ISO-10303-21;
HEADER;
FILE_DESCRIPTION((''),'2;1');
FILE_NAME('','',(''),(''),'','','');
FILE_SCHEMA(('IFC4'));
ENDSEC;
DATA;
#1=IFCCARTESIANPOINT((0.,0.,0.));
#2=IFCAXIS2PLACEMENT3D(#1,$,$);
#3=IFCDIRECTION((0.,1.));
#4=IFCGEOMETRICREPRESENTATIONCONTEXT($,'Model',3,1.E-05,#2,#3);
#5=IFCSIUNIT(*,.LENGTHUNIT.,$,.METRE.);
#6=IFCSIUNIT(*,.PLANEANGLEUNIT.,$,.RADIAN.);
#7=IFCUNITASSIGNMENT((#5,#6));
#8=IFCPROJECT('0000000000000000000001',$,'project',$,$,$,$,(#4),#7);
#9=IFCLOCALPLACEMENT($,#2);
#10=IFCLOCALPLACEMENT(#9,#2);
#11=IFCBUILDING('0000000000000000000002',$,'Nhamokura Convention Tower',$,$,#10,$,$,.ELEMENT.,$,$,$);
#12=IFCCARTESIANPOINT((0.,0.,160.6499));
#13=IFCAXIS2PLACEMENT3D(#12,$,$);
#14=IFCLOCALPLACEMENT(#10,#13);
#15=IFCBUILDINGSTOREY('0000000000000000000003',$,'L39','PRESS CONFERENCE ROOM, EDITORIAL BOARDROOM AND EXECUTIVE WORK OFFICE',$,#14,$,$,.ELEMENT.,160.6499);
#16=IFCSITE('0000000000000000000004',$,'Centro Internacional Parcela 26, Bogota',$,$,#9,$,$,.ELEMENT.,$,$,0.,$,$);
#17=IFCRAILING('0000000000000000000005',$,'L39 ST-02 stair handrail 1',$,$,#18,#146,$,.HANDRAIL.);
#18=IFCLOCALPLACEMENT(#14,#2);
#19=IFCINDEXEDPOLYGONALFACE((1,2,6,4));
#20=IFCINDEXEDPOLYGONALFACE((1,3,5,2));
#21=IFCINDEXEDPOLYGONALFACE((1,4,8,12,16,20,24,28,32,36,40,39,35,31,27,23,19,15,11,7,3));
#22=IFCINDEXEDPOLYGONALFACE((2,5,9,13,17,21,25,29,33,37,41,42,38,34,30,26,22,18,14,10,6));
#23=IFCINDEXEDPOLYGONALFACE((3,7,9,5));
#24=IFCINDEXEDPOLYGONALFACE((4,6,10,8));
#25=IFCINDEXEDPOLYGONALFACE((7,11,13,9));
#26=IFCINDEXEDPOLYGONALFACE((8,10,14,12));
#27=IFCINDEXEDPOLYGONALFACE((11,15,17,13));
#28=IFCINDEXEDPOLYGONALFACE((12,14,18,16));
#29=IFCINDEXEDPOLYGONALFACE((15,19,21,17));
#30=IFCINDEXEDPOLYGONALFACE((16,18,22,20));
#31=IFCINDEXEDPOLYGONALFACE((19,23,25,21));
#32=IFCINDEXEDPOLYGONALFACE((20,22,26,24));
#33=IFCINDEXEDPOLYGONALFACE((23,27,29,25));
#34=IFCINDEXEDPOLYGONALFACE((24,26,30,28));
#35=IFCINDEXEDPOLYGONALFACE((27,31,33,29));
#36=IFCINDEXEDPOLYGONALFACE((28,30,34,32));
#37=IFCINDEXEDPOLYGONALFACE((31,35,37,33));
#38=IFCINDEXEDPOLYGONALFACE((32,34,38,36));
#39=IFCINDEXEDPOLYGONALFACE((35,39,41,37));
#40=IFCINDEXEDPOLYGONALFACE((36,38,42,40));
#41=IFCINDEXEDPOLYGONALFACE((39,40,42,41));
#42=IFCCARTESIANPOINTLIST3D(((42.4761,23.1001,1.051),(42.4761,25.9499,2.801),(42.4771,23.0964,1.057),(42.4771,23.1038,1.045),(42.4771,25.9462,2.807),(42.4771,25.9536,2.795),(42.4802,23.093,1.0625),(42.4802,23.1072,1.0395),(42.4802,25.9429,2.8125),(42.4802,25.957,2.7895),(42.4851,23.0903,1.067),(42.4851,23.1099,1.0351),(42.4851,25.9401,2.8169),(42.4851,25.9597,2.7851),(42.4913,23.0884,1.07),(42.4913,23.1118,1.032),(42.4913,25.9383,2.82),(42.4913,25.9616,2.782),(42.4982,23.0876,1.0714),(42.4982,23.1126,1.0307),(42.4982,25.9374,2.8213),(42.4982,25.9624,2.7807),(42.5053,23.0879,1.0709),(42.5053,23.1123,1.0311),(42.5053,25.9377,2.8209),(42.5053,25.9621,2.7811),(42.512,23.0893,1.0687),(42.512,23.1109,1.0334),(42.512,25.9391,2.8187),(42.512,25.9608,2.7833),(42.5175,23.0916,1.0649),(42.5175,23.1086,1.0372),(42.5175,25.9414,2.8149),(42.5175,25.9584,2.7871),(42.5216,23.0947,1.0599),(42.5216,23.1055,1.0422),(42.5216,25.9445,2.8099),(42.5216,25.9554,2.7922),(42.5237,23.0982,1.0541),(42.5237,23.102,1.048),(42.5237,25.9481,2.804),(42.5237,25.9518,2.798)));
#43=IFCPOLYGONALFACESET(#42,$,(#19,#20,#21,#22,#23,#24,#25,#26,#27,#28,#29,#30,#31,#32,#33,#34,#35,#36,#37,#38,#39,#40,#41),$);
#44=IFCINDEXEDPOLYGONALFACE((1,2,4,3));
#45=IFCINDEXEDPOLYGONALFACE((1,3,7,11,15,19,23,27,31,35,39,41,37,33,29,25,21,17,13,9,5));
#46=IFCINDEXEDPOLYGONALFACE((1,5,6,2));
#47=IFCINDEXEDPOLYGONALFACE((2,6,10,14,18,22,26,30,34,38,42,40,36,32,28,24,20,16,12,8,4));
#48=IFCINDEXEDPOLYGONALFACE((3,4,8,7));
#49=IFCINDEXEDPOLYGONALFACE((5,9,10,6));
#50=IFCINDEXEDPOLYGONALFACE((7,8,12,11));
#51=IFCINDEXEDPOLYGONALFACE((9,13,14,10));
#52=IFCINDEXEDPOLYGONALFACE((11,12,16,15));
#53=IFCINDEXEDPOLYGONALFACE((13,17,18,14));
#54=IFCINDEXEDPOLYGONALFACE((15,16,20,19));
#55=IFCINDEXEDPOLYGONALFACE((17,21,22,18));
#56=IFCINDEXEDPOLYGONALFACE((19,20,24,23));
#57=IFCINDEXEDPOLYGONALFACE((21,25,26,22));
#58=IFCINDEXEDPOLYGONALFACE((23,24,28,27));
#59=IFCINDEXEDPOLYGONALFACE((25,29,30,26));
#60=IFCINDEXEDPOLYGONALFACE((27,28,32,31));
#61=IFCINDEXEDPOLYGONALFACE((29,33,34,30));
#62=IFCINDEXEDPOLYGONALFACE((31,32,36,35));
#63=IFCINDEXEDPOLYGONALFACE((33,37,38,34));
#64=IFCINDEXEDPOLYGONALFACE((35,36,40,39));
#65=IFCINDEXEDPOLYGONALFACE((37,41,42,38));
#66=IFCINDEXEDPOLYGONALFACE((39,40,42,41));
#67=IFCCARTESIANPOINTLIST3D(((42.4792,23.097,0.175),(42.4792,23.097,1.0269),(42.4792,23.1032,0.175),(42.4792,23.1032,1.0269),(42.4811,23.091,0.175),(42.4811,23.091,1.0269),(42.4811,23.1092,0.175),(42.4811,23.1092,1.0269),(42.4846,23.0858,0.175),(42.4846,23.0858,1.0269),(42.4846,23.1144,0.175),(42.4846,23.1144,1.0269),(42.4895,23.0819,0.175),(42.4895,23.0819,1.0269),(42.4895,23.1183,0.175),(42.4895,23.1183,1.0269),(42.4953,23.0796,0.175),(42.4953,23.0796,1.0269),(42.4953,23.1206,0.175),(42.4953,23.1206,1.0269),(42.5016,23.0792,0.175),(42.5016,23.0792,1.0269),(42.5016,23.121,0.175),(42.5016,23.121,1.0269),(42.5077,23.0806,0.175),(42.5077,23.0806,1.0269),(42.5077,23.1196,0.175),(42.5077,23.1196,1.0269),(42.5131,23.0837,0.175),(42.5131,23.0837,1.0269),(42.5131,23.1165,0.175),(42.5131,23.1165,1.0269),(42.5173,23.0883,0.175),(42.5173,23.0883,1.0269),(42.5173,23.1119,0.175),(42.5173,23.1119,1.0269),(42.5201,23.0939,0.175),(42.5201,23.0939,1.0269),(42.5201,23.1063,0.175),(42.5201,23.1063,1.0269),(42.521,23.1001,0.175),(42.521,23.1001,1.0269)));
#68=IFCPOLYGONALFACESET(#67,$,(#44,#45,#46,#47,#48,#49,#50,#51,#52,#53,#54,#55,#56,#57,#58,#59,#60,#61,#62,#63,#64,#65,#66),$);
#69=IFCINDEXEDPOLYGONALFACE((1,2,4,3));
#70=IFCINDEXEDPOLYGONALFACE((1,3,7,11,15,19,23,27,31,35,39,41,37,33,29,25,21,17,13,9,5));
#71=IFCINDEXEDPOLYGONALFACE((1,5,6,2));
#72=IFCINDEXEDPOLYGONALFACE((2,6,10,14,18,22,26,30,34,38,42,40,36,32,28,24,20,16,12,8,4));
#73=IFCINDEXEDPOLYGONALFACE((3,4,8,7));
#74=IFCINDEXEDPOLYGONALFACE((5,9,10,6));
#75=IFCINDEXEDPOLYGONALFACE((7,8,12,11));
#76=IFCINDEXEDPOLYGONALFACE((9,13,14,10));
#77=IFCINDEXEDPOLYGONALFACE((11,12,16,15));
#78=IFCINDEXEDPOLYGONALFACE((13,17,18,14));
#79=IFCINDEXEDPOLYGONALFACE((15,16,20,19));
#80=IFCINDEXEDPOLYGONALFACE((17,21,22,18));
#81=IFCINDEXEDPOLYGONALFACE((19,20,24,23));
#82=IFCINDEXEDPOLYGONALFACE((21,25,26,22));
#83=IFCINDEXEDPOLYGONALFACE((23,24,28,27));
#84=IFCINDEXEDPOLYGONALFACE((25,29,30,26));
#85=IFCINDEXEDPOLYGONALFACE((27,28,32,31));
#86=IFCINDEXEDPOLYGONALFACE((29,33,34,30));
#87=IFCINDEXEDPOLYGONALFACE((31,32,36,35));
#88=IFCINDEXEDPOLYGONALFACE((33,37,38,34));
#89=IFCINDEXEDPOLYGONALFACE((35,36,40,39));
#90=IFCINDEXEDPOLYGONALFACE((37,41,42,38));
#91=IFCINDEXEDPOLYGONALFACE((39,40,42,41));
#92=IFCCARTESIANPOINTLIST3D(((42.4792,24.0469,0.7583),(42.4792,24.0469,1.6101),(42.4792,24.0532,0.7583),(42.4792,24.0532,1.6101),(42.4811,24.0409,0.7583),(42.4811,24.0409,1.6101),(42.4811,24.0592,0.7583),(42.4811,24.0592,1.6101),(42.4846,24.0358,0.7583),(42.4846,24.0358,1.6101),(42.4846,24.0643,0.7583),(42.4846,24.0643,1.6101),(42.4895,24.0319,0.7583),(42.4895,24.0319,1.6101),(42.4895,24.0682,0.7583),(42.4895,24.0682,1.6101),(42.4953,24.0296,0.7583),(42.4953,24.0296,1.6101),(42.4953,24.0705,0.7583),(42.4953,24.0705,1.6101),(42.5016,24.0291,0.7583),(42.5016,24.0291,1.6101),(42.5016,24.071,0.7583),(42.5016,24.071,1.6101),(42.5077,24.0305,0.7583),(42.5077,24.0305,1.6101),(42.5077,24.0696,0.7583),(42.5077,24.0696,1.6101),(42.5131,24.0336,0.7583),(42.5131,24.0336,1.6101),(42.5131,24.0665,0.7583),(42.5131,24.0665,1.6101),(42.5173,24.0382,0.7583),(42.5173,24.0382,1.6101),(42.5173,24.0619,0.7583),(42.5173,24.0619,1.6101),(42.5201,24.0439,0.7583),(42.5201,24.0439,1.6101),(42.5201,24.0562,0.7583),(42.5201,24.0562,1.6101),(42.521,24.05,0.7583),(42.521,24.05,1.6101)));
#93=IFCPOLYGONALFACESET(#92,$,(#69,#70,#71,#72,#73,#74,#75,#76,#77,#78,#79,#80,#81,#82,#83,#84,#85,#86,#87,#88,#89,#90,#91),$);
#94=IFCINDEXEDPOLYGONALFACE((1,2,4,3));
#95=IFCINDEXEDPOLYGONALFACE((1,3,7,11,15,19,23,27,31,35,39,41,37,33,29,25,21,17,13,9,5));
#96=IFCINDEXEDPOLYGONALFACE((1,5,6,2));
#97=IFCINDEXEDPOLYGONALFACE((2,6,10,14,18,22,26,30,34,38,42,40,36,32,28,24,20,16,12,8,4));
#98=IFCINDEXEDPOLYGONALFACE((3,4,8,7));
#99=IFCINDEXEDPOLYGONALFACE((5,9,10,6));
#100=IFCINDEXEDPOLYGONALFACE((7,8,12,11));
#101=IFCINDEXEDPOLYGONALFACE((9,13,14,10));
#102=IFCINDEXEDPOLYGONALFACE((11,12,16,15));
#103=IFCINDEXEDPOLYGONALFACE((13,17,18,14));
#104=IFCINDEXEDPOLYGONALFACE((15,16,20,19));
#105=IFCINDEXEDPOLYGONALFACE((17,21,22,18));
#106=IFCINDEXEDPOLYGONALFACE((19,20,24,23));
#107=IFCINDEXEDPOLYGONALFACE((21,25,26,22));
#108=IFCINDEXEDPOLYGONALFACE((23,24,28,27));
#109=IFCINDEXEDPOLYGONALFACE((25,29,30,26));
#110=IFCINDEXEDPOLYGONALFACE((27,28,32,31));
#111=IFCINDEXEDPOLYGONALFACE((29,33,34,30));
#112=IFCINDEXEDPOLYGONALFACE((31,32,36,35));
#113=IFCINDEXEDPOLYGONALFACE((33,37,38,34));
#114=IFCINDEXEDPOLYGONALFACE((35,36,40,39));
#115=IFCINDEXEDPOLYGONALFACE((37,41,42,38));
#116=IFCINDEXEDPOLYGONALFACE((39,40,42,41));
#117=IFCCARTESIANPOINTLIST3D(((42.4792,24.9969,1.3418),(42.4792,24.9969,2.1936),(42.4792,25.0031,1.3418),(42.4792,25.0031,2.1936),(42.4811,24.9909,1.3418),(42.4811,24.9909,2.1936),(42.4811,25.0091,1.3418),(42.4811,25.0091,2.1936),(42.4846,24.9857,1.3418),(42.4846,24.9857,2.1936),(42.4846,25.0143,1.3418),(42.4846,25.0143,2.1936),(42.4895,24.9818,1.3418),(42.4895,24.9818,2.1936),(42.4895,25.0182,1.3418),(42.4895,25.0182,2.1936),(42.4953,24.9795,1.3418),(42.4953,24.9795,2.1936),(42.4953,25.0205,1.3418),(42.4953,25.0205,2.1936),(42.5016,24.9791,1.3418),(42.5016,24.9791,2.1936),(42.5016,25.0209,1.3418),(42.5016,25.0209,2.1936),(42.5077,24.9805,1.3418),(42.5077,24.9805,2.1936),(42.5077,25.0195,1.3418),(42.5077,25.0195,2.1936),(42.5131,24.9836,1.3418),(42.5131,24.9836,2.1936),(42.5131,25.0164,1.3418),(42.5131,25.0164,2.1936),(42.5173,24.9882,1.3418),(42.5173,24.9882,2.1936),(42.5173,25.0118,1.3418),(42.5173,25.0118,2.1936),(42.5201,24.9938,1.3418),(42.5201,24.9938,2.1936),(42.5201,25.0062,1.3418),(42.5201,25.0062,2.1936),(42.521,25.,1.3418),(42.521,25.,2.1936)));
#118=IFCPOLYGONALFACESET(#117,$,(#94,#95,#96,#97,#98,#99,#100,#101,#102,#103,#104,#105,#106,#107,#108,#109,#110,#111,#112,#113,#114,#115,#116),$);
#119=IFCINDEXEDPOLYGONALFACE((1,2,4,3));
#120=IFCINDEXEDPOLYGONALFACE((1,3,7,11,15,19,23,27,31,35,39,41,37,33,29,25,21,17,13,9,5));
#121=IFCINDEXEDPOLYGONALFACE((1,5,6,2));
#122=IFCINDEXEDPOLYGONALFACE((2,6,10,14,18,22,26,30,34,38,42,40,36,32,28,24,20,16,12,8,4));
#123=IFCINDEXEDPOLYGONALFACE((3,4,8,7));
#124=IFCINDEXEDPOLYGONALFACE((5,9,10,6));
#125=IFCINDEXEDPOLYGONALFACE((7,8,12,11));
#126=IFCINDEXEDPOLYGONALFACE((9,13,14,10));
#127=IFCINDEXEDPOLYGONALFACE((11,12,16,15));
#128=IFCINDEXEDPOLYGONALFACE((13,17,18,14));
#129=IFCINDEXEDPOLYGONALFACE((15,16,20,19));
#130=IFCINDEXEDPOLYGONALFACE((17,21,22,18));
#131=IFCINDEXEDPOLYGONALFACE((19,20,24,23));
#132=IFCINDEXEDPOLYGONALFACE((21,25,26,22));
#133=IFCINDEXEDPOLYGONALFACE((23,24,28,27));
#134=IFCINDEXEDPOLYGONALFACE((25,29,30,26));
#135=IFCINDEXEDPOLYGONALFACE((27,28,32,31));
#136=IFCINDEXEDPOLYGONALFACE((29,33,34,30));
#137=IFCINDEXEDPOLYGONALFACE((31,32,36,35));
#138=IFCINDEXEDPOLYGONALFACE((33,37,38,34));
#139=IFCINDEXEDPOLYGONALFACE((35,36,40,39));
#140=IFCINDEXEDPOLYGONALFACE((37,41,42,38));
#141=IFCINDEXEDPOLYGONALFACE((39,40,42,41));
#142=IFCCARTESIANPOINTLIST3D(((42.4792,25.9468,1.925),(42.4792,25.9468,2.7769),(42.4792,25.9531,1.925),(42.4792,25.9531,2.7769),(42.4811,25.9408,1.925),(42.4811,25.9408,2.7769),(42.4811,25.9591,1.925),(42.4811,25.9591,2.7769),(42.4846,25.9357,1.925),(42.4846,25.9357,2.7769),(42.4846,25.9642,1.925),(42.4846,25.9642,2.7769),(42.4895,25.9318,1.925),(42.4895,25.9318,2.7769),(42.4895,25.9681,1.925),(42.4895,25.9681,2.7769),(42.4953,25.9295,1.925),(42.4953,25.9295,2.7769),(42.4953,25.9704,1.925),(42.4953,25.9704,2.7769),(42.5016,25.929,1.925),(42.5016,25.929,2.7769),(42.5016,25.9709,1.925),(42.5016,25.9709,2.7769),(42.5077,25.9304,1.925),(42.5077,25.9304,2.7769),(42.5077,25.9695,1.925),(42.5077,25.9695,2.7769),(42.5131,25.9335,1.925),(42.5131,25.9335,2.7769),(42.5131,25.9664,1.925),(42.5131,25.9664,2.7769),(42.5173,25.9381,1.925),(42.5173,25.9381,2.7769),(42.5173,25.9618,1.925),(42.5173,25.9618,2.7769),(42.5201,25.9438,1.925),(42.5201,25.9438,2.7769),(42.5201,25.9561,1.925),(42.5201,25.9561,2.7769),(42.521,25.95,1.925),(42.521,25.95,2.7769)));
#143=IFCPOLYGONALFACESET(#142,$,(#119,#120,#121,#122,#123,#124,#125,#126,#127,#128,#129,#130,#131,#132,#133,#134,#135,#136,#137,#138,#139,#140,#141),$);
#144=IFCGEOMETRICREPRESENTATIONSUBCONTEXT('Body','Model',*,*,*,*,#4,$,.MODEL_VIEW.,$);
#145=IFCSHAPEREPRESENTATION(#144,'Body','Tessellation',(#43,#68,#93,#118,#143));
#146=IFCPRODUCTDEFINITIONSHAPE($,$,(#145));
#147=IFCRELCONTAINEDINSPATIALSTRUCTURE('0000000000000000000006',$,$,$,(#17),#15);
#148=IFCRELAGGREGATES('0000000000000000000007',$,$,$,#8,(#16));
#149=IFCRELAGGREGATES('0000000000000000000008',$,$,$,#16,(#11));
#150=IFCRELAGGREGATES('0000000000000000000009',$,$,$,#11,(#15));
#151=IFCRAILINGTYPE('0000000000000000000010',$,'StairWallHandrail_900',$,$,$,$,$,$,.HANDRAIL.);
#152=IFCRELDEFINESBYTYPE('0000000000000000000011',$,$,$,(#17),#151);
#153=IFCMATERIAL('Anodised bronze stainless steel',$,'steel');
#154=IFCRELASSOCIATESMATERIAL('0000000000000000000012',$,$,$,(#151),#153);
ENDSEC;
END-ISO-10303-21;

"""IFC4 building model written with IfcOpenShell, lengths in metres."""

from ifc_helpers import new_model, si_unit, direction, frame, origin, origin_2d, place, context, subcontext, project, spatial, circle, extrude, material, type_object, element, save


model = new_model("IFC4")

# Units and contexts
model_context = context("Model", 3, precision=1e-05, world=origin(), true_north=direction((0.0, 1.0)))
body_context = subcontext(model_context, "Body", "Model", "MODEL_VIEW")
ifc_project = project(units=[si_unit("LENGTHUNIT", "METRE"), si_unit("PLANEANGLEUNIT", "RADIAN")], contexts=[model_context])

# Site, building, storey
site_placement = place(None, origin())
site = spatial("IfcSite", under=ifc_project, at=site_placement, Name="Centro Internacional Parcela 26, Bogota", CompositionType="ELEMENT", RefElevation=0.0)
building_placement = place(site_placement, origin())
building = spatial("IfcBuilding", under=site, at=building_placement, Name="Nhamokura Convention Tower", CompositionType="ELEMENT")
storey_placement = place(building_placement, frame((0.0, 0.0, 160.6499)))
storey = spatial("IfcBuildingStorey", under=building, at=storey_placement, Name="L39", Description="PRESS CONFERENCE ROOM, EDITORIAL BOARDROOM AND EXECUTIVE WORK OFFICE", CompositionType="ELEMENT", Elevation=160.6499)

# Railing
ifc_material_1 = material(Name="Anodised bronze stainless steel", Category="steel")
railing_type_1 = type_object("IfcRailingType", Name="StairWallHandrail_900", PredefinedType="HANDRAIL", material=ifc_material_1)
railing_1_placement = place(storey_placement, frame((42.5, 23.1001, 0.175)))
element("IfcRailing", 1, at=railing_1_placement, inside=storey, type_object=railing_type_1, Name="L39 ST-02 stair handrail 1", PredefinedType="HANDRAIL", context=body_context, shape_type="SweptSolid", body=[
    extrude(circle(Radius=0.0239, at=origin_2d()), frame((0.0, 0.0, 0.876), z_axis=(0.0, 0.852159, 0.523283), x_axis=(-1.0, 0.0, 0.0)), (0.0, 0.0, 1.0), 3.3442),
    extrude(circle(Radius=0.021, at=origin_2d()), origin(), (0.0, 0.0, 1.0), 0.8518),
    extrude(circle(Radius=0.021, at=origin_2d()), frame((0.0, 0.95, 0.5833)), (0.0, 0.0, 1.0), 0.8518),
    extrude(circle(Radius=0.021, at=origin_2d()), frame((0.0, 1.8999, 1.1667)), (0.0, 0.0, 1.0), 0.8518),
    extrude(circle(Radius=0.021, at=origin_2d()), frame((0.0, 2.8499, 1.75)), (0.0, 0.0, 1.0), 0.8518),
])

save(model, "model.ifc")
